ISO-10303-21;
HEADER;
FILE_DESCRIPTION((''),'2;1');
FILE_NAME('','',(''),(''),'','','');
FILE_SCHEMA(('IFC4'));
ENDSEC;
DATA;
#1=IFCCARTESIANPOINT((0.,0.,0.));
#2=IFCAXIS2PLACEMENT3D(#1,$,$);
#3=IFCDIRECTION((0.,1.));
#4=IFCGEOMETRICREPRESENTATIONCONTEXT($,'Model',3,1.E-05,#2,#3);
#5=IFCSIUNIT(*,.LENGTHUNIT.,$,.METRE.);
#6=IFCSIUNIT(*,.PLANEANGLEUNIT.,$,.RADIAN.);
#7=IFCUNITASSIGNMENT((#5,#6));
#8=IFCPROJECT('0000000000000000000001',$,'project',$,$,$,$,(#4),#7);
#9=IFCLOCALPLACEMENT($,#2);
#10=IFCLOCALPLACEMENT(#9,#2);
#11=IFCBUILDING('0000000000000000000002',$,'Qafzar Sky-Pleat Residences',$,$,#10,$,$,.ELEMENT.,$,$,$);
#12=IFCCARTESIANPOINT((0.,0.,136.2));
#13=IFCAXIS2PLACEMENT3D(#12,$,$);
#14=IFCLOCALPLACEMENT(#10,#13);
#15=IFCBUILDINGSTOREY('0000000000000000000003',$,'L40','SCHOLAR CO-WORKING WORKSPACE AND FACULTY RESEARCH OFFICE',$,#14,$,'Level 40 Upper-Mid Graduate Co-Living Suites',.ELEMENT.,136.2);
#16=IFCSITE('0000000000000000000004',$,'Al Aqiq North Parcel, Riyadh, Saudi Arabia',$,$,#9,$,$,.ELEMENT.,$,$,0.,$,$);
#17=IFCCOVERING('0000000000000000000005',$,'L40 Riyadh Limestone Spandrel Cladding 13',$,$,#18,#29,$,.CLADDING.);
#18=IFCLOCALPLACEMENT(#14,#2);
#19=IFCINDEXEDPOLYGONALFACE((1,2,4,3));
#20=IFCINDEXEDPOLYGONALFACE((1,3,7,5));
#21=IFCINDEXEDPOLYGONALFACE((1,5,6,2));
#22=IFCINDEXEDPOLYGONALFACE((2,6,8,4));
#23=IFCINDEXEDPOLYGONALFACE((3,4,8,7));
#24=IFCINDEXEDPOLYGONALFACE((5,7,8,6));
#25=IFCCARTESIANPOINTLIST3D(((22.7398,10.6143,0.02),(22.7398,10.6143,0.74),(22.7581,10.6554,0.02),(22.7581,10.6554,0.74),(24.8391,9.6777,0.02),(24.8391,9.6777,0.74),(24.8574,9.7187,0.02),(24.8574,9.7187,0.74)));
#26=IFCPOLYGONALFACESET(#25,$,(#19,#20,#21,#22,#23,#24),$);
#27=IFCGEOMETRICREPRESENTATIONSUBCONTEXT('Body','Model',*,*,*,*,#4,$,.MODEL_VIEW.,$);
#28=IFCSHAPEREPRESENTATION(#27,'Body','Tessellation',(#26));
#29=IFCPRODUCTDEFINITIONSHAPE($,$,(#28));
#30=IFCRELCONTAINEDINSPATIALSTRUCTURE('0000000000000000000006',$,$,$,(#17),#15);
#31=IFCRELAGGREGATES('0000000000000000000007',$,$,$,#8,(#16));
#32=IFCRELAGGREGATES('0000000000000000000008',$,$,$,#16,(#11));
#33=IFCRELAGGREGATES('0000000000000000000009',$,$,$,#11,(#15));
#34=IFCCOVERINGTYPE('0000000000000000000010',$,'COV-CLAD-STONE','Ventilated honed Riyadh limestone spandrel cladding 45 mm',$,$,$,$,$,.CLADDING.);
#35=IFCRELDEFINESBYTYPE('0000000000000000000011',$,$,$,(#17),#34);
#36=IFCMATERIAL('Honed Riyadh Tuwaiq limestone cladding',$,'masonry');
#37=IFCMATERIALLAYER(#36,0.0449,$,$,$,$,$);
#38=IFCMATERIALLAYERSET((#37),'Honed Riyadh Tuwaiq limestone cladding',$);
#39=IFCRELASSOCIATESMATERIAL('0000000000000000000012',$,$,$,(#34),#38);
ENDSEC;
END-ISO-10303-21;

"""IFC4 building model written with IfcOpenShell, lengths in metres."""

from ifc_helpers import new_model, si_unit, direction, frame, origin, origin_2d, place, context, subcontext, project, spatial, rectangle, extrude, source, transform, mapped, material, layer, layer_set, type_object, element, save


model = new_model("IFC4")

# Units and contexts
model_context = context("Model", 3, precision=1e-05, world=origin(), true_north=direction((0.0, 1.0)))
body_context = subcontext(model_context, "Body", "Model", "MODEL_VIEW")
ifc_project = project(units=[si_unit("LENGTHUNIT", "METRE"), si_unit("PLANEANGLEUNIT", "RADIAN")], contexts=[model_context])

# Site, building, storey
site_placement = place(None, origin())
site = spatial("IfcSite", under=ifc_project, at=site_placement, Name="Al Aqiq North Parcel, Riyadh, Saudi Arabia", CompositionType="ELEMENT", RefElevation=0.0)
building_placement = place(site_placement, origin())
building = spatial("IfcBuilding", under=site, at=building_placement, Name="Qafzar Sky-Pleat Residences", CompositionType="ELEMENT")
storey_placement = place(building_placement, frame((0.0, 0.0, 136.2)))
storey = spatial("IfcBuildingStorey", under=building, at=storey_placement, Name="L40", Description="SCHOLAR CO-WORKING WORKSPACE AND FACULTY RESEARCH OFFICE", LongName="Level 40 Upper-Mid Graduate Co-Living Suites", CompositionType="ELEMENT", Elevation=136.2)

# Covering
ifc_material_1 = material(Name="Honed Riyadh Tuwaiq limestone cladding", Category="masonry")
ifc_layer_1 = layer(ifc_material_1, 0.0449)
ifc_layer_set_1 = layer_set([ifc_layer_1], Name="Honed Riyadh Tuwaiq limestone cladding")
covering_type_1 = type_object("IfcCoveringType", Name="COV-CLAD-STONE", Description="Ventilated honed Riyadh limestone spandrel cladding 45 mm", PredefinedType="CLADDING", material=ifc_layer_set_1)
shared_shape_1 = source(origin(), body_context, "Body", "SweptSolid", [
    extrude(rectangle(XDim=2.2988, YDim=0.0449, at=origin_2d()), origin(), (0.0, 0.0, 1.0), 0.72),
])
covering_1_placement = place(storey_placement, frame((23.7986, 10.1665, 0.02), z_axis=(0.0, 0.0, 1.0), x_axis=(0.913223, -0.40746, 0.0)))
element("IfcCovering", 1, at=covering_1_placement, inside=storey, type_object=covering_type_1, Name="L40 Riyadh Limestone Spandrel Cladding 13", PredefinedType="CLADDING", context=body_context, shape_type="MappedRepresentation", body=[
    mapped(shared_shape_1, transform((0.0, 0.0, 0.0), x_axis=(1.0, 0.0, 0.0), y_axis=(0.0, 1.0, 0.0), z_axis=(0.0, 0.0, 1.0), scale=1.0)),
])

save(model, "model.ifc")
